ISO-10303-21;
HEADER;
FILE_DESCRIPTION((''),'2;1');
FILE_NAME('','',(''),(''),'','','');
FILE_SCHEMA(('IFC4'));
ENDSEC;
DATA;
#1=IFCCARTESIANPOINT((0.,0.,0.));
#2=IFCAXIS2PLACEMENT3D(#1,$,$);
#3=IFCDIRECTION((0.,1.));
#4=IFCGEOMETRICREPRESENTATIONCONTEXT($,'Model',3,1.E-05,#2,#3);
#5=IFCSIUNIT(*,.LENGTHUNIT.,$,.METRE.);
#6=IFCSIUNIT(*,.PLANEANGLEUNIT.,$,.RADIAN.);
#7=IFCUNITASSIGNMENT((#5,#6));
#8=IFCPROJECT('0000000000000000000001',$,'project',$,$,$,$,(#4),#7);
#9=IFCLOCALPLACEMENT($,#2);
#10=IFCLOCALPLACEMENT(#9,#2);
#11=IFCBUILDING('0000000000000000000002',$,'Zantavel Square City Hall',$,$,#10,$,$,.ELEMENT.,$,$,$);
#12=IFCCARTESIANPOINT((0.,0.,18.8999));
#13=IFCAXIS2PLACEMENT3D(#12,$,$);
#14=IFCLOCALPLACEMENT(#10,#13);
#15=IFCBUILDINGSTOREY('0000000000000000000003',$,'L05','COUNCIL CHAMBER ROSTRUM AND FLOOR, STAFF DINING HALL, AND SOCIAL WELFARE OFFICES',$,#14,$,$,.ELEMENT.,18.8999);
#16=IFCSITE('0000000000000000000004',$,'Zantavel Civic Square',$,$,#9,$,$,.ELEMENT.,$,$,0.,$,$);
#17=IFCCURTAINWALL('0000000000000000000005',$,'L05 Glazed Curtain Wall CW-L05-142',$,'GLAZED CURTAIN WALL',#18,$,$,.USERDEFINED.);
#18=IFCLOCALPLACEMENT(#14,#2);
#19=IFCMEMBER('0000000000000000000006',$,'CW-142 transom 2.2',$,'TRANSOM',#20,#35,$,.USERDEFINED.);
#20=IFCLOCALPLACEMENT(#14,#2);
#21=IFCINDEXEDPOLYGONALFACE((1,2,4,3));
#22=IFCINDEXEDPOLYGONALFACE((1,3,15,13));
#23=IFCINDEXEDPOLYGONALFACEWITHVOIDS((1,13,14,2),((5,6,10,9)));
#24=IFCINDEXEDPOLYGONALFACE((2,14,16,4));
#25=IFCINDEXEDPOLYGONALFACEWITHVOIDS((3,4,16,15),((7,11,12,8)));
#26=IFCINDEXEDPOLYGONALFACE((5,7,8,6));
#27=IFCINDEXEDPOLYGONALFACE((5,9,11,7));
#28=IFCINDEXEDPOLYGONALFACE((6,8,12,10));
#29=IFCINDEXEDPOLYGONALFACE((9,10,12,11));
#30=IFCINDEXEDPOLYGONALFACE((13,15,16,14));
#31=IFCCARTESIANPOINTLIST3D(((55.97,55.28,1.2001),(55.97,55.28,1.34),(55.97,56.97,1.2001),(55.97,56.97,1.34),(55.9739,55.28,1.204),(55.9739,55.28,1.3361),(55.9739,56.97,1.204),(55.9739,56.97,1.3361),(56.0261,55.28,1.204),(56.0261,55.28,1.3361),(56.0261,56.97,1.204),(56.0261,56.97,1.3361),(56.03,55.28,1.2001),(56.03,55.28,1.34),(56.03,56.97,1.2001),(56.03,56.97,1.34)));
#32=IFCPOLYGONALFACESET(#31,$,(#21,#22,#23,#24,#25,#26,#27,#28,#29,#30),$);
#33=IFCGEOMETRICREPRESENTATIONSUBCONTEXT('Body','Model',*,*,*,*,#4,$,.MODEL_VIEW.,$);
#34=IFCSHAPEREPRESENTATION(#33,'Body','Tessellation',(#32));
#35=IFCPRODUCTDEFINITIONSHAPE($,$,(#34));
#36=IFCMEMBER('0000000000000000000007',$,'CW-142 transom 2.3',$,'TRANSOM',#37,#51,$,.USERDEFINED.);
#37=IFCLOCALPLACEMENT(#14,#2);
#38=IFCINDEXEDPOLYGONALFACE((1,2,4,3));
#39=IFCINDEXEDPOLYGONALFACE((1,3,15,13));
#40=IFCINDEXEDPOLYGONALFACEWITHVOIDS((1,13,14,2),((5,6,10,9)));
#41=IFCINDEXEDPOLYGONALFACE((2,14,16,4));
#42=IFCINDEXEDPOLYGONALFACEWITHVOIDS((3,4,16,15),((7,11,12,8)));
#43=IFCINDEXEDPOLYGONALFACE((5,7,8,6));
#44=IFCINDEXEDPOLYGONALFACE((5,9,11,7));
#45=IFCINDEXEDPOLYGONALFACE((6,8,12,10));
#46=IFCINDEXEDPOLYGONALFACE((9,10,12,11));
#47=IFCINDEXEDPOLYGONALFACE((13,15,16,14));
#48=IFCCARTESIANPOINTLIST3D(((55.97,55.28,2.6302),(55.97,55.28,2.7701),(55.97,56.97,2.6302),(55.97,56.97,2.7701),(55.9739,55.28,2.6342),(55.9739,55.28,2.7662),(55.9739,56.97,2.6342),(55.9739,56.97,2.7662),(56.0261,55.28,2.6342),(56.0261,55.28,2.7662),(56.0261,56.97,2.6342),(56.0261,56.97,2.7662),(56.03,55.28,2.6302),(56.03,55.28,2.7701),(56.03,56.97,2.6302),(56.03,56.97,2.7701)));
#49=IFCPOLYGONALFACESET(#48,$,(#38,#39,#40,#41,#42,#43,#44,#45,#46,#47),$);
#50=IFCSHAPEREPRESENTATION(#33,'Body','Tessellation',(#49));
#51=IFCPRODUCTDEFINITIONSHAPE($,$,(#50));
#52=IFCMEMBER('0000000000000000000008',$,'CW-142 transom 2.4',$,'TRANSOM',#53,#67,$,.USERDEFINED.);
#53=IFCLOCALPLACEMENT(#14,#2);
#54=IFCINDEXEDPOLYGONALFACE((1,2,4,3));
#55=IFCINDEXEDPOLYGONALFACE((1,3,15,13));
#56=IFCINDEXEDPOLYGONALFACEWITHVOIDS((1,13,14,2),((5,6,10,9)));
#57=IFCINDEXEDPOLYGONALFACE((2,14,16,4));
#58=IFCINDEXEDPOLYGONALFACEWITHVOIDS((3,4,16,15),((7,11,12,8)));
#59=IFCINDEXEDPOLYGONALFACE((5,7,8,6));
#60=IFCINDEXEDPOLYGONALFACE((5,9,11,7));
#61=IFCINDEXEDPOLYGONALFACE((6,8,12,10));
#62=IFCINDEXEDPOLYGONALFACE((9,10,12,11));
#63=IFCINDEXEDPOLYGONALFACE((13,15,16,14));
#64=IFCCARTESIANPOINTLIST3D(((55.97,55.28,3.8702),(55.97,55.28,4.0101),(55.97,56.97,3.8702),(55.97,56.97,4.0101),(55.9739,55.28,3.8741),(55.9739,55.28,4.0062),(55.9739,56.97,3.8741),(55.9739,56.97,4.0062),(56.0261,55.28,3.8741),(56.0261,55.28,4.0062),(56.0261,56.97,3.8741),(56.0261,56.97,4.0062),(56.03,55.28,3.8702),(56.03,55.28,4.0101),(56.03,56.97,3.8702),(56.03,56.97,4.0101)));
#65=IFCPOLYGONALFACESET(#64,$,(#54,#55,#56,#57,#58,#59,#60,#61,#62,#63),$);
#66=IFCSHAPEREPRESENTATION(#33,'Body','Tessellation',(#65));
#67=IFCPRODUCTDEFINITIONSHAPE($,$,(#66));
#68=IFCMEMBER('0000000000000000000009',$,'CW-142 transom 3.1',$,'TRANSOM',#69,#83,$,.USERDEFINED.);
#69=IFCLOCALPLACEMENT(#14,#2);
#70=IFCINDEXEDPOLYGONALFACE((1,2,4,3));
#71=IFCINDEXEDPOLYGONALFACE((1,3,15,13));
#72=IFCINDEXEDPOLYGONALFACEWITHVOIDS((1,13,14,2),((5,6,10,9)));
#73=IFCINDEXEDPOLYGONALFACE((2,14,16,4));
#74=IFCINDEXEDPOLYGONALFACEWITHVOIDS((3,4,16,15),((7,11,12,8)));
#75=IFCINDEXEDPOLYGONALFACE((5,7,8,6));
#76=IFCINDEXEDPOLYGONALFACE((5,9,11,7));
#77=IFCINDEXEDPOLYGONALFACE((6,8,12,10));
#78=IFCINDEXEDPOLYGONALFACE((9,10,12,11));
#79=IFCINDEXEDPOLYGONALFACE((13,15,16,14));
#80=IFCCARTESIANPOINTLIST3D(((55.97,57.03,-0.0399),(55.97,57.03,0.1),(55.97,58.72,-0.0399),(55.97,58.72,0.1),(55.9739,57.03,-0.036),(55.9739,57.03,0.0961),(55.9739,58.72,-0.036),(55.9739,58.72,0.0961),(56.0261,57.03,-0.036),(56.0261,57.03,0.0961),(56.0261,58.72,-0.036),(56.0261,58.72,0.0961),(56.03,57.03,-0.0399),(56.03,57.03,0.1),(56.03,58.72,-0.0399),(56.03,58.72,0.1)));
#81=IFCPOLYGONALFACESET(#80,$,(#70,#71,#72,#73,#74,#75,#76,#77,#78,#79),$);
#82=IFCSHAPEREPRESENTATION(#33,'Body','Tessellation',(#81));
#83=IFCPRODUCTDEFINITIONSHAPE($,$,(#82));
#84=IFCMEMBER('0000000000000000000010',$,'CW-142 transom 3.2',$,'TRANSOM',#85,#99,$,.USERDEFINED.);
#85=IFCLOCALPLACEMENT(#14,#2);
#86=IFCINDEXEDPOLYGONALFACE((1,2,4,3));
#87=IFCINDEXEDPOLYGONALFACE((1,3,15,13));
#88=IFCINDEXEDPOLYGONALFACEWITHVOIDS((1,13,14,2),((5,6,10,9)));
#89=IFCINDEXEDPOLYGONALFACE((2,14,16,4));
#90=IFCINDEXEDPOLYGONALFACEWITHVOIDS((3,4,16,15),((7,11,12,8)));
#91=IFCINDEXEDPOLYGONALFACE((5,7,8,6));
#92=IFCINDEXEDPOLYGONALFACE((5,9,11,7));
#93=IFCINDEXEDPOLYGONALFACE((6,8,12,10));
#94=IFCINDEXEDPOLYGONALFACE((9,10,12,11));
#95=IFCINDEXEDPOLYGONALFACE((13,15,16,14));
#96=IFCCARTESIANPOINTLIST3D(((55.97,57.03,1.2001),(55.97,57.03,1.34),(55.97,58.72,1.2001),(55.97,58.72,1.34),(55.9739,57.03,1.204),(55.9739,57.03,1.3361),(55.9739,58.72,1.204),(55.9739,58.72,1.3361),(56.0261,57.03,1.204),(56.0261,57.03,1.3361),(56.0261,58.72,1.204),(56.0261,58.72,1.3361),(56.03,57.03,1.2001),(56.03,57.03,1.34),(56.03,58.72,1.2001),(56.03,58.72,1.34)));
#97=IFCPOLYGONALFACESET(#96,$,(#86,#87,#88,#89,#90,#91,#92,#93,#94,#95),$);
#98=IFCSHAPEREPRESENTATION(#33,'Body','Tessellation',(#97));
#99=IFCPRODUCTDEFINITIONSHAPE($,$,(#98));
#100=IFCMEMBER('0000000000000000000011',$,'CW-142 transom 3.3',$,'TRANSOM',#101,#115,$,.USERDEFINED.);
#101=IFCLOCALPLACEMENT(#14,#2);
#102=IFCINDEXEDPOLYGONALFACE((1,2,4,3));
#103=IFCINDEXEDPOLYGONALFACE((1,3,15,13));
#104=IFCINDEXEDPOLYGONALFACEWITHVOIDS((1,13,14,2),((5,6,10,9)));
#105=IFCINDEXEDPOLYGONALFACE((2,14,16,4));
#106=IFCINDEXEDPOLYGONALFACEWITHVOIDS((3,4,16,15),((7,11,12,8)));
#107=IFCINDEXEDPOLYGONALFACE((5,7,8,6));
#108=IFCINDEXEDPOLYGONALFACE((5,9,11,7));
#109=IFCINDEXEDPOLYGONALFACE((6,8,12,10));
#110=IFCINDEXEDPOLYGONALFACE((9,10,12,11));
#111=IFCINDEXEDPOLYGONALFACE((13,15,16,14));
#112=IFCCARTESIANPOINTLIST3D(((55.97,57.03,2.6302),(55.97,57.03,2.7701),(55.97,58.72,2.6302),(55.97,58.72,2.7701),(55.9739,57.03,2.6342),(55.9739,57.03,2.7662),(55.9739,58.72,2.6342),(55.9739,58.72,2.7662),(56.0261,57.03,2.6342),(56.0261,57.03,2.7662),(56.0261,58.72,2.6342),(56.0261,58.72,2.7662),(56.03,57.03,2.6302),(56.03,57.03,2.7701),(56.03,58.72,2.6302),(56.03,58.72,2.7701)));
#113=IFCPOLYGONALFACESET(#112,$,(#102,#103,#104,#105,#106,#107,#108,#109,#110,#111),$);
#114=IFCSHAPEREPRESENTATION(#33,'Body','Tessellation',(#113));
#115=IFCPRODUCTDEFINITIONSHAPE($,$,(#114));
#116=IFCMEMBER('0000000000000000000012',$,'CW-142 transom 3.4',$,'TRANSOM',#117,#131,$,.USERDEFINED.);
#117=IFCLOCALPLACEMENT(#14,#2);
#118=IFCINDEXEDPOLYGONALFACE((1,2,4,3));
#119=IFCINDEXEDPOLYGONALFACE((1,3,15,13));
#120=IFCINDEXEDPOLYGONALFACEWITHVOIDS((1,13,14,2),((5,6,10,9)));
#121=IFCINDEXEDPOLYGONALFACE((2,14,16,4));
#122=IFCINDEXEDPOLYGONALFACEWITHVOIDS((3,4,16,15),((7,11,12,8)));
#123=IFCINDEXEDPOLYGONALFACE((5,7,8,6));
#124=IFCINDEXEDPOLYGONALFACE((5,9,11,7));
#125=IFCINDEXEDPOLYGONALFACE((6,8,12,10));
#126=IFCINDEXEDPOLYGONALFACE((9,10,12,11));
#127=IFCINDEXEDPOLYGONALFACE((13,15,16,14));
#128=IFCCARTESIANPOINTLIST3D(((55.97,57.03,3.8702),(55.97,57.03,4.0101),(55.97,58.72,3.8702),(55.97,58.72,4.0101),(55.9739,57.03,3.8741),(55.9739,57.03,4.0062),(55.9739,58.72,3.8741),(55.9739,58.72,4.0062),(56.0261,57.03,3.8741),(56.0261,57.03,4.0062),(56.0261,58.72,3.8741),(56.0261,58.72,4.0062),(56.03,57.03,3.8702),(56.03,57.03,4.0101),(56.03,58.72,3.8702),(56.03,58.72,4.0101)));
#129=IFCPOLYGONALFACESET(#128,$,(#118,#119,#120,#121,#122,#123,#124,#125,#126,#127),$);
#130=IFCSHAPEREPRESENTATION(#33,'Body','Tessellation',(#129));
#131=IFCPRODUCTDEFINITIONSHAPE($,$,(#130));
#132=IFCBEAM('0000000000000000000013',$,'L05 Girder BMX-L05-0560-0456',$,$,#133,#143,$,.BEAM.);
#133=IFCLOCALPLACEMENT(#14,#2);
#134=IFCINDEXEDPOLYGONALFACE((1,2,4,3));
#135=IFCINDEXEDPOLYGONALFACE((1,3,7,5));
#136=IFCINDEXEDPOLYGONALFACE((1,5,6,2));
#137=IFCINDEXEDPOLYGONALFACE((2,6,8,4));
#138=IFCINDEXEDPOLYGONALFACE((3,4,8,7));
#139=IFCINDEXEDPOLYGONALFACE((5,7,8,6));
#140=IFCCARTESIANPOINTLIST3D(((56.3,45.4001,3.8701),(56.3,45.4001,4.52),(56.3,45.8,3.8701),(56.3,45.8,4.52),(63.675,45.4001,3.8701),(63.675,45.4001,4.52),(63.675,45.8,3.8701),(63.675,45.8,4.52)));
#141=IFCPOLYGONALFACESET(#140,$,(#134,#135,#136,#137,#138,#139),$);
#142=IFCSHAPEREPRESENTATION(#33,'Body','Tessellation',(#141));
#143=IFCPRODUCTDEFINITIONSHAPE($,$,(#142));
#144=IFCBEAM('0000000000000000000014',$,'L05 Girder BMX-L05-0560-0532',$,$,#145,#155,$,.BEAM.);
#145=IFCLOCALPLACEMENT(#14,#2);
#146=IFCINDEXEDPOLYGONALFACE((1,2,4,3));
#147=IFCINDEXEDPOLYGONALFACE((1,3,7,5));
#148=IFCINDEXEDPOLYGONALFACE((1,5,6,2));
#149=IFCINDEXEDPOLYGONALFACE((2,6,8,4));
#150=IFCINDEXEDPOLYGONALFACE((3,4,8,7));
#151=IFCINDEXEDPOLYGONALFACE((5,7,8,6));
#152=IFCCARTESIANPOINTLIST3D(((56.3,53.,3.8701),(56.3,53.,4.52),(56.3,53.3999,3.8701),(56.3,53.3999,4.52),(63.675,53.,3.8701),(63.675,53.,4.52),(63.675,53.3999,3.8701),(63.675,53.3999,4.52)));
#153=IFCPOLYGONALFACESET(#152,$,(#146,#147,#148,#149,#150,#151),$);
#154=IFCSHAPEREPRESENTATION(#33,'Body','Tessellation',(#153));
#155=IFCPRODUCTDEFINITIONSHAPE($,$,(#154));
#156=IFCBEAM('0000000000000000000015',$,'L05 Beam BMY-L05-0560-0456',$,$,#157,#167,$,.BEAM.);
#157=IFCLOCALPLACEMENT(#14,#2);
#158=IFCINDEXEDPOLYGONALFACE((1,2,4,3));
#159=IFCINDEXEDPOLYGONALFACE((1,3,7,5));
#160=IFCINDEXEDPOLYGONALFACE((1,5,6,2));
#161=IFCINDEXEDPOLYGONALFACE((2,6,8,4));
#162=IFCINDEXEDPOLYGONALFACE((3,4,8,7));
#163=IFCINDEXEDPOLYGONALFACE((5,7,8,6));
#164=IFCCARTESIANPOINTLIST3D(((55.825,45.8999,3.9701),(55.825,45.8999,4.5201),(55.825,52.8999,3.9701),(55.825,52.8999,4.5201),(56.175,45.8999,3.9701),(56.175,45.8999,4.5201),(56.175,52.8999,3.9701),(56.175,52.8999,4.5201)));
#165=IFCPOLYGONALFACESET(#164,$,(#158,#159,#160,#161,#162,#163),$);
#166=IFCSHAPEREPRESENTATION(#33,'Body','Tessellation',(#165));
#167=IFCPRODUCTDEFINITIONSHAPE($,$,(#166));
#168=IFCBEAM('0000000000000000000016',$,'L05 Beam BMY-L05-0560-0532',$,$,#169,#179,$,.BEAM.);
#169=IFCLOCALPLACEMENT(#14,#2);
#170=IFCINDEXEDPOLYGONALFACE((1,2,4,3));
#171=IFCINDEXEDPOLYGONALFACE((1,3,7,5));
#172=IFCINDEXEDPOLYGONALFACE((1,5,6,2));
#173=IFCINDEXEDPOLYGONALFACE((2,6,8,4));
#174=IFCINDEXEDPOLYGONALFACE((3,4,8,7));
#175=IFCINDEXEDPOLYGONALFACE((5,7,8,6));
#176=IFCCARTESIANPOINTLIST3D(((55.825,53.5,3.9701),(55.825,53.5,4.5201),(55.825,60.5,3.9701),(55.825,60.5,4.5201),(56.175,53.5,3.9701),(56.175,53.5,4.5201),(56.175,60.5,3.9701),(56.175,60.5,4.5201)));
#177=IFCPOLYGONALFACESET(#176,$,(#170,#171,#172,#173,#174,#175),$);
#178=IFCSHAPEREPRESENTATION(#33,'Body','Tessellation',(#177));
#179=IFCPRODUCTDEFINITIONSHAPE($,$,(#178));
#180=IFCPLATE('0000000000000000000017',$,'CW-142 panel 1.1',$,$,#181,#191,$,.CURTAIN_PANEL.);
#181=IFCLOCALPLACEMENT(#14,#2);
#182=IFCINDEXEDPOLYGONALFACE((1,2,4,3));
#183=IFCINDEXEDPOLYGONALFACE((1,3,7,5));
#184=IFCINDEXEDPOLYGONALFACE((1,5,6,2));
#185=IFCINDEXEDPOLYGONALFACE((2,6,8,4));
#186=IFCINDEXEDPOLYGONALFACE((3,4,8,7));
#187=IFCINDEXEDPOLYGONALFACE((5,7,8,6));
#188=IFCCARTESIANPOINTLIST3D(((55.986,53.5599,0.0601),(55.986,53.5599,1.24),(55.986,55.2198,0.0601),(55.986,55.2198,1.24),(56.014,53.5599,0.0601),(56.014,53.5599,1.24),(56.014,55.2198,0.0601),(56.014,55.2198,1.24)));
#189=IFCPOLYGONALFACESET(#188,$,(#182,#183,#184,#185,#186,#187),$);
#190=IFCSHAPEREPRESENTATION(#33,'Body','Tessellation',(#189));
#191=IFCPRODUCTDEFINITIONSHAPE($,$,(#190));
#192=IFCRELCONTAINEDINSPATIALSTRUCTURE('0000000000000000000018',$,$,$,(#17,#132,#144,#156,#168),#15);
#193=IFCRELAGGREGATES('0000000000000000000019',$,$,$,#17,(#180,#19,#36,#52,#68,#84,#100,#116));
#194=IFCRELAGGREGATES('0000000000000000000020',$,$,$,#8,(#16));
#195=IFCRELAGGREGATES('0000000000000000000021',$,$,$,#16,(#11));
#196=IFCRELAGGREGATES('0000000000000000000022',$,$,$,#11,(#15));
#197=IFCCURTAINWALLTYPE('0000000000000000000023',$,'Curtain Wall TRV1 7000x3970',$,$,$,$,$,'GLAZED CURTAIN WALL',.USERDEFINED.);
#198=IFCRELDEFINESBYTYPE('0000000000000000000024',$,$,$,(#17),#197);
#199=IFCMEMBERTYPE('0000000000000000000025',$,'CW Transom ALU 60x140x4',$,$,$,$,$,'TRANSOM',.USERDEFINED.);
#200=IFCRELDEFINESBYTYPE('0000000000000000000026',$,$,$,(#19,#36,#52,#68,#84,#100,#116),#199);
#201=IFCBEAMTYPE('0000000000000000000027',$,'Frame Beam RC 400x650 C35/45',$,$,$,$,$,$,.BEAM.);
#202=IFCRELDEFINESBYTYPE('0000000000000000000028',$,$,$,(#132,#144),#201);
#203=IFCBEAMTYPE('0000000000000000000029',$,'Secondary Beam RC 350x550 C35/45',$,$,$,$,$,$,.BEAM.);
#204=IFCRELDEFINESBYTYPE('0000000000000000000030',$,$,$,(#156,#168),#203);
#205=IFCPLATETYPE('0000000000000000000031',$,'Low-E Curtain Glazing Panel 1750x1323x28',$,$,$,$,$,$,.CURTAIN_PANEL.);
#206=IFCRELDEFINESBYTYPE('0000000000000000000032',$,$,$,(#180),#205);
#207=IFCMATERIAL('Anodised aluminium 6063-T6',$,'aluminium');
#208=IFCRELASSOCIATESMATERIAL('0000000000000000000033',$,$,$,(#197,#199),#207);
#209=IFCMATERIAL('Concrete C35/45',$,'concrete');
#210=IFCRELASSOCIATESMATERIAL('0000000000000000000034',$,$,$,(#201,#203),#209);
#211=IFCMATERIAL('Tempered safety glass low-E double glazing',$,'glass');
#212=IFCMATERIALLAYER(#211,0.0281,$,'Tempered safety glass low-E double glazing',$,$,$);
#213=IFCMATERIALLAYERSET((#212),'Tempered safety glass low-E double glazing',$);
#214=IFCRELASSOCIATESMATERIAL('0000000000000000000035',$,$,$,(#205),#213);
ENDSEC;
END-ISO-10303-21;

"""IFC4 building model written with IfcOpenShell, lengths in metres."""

from ifc_helpers import new_model, si_unit, direction, frame, origin, origin_2d, place, context, subcontext, project, spatial, rectangle, hollow_rectangle, extrude, material, layer, layer_set, material_profile, profile_set, type_object, element, aggregate, save


model = new_model("IFC4")

# Units and contexts
model_context = context("Model", 3, precision=1e-05, world=origin(), true_north=direction((0.0, 1.0)))
body_context = subcontext(model_context, "Body", "Model", "MODEL_VIEW")
ifc_project = project(units=[si_unit("LENGTHUNIT", "METRE"), si_unit("PLANEANGLEUNIT", "RADIAN")], contexts=[model_context])

# Site, building, storey
site_placement = place(None, origin())
site = spatial("IfcSite", under=ifc_project, at=site_placement, Name="Zantavel Civic Square", CompositionType="ELEMENT", RefElevation=0.0)
building_placement = place(site_placement, origin())
building = spatial("IfcBuilding", under=site, at=building_placement, Name="Zantavel Square City Hall", CompositionType="ELEMENT")
storey_placement = place(building_placement, frame((0.0, 0.0, 18.8999)))
storey = spatial("IfcBuildingStorey", under=building, at=storey_placement, Name="L05", Description="COUNCIL CHAMBER ROSTRUM AND FLOOR, STAFF DINING HALL, AND SOCIAL WELFARE OFFICES", CompositionType="ELEMENT", Elevation=18.8999)

# Shared definitions
ifc_material_1 = material(Name="Anodised aluminium 6063-T6", Category="aluminium")
curtain_wall_type = type_object("IfcCurtainWallType", Name="Curtain Wall TRV1 7000x3970", ElementType="GLAZED CURTAIN WALL", PredefinedType="USERDEFINED", material=ifc_material_1)

# Curtain wall, members
curtain_wall_1_placement = place(storey_placement, origin())
curtain_wall_1 = element("IfcCurtainWall", 1, at=curtain_wall_1_placement, inside=storey, type_object=curtain_wall_type, Name="L05 Glazed Curtain Wall CW-L05-142", ObjectType="GLAZED CURTAIN WALL", PredefinedType="USERDEFINED")
ifc_material_profile_1 = material_profile(ifc_material_1, hollow_rectangle(XDim=0.0601, YDim=0.1399, WallThickness=0.0039, at=origin_2d()), Name="ALU 60x140x4")
ifc_profile_set_1 = profile_set([ifc_material_profile_1], Name="Anodised aluminium 6063-T6")
member_type_1 = type_object("IfcMemberType", Name="CW Transom ALU 60x140x4", ElementType="TRANSOM", PredefinedType="USERDEFINED", material=ifc_profile_set_1)
member_1_placement = place(storey_placement, frame((56.0, 55.28, 1.27), z_axis=(0.0, 1.0, 0.0), x_axis=(-1.0, 0.0, 0.0)))
member_1 = element("IfcMember", 2, at=member_1_placement, type_object=member_type_1, Name="CW-142 transom 2.2", ObjectType="TRANSOM", PredefinedType="USERDEFINED", context=body_context, shape_type="SweptSolid", body=[
    extrude(hollow_rectangle(XDim=0.0601, YDim=0.1399, WallThickness=0.0039, at=origin_2d()), origin(), (0.0, 0.0, 1.0), 1.6899),
])
member_2_placement = place(storey_placement, frame((56.0, 55.28, 2.7002), z_axis=(0.0, 1.0, 0.0), x_axis=(-1.0, 0.0, 0.0)))
member_2 = element("IfcMember", 3, at=member_2_placement, type_object=member_type_1, Name="CW-142 transom 2.3", ObjectType="TRANSOM", PredefinedType="USERDEFINED", context=body_context, shape_type="SweptSolid", body=[
    extrude(hollow_rectangle(XDim=0.0601, YDim=0.1399, WallThickness=0.0039, at=origin_2d()), origin(), (0.0, 0.0, 1.0), 1.6899),
])
member_3_placement = place(storey_placement, frame((56.0, 55.28, 3.9402), z_axis=(0.0, 1.0, 0.0), x_axis=(-1.0, 0.0, 0.0)))
member_3 = element("IfcMember", 4, at=member_3_placement, type_object=member_type_1, Name="CW-142 transom 2.4", ObjectType="TRANSOM", PredefinedType="USERDEFINED", context=body_context, shape_type="SweptSolid", body=[
    extrude(hollow_rectangle(XDim=0.0601, YDim=0.1399, WallThickness=0.0039, at=origin_2d()), origin(), (0.0, 0.0, 1.0), 1.6899),
])
member_4_placement = place(storey_placement, frame((56.0, 57.03, 0.03), z_axis=(0.0, 1.0, 0.0), x_axis=(-1.0, 0.0, 0.0)))
member_4 = element("IfcMember", 5, at=member_4_placement, type_object=member_type_1, Name="CW-142 transom 3.1", ObjectType="TRANSOM", PredefinedType="USERDEFINED", context=body_context, shape_type="SweptSolid", body=[
    extrude(hollow_rectangle(XDim=0.0601, YDim=0.1399, WallThickness=0.0039, at=origin_2d()), origin(), (0.0, 0.0, 1.0), 1.6899),
])
member_5_placement = place(storey_placement, frame((56.0, 57.03, 1.27), z_axis=(0.0, 1.0, 0.0), x_axis=(-1.0, 0.0, 0.0)))
member_5 = element("IfcMember", 6, at=member_5_placement, type_object=member_type_1, Name="CW-142 transom 3.2", ObjectType="TRANSOM", PredefinedType="USERDEFINED", context=body_context, shape_type="SweptSolid", body=[
    extrude(hollow_rectangle(XDim=0.0601, YDim=0.1399, WallThickness=0.0039, at=origin_2d()), origin(), (0.0, 0.0, 1.0), 1.6899),
])
member_6_placement = place(storey_placement, frame((56.0, 57.03, 2.7002), z_axis=(0.0, 1.0, 0.0), x_axis=(-1.0, 0.0, 0.0)))
member_6 = element("IfcMember", 7, at=member_6_placement, type_object=member_type_1, Name="CW-142 transom 3.3", ObjectType="TRANSOM", PredefinedType="USERDEFINED", context=body_context, shape_type="SweptSolid", body=[
    extrude(hollow_rectangle(XDim=0.0601, YDim=0.1399, WallThickness=0.0039, at=origin_2d()), origin(), (0.0, 0.0, 1.0), 1.6899),
])
member_7_placement = place(storey_placement, frame((56.0, 57.03, 3.9402), z_axis=(0.0, 1.0, 0.0), x_axis=(-1.0, 0.0, 0.0)))
member_7 = element("IfcMember", 8, at=member_7_placement, type_object=member_type_1, Name="CW-142 transom 3.4", ObjectType="TRANSOM", PredefinedType="USERDEFINED", context=body_context, shape_type="SweptSolid", body=[
    extrude(hollow_rectangle(XDim=0.0601, YDim=0.1399, WallThickness=0.0039, at=origin_2d()), origin(), (0.0, 0.0, 1.0), 1.6899),
])

# Beams
ifc_material_2 = material(Name="Concrete C35/45", Category="concrete")
ifc_material_profile_2 = material_profile(ifc_material_2, rectangle(XDim=0.3999, YDim=0.6499, at=origin_2d()), Name="RC 400x650")
ifc_profile_set_2 = profile_set([ifc_material_profile_2], Name="Concrete C35/45")
beam_type_1 = type_object("IfcBeamType", Name="Frame Beam RC 400x650 C35/45", PredefinedType="BEAM", material=ifc_profile_set_2)
for number, where, z_axis, x_axis, name in (
    (9, (56.3, 45.6001, 4.1951), (1.0, 0.0, 0.0), (0.0, 1.0, 0.0), "L05 Girder BMX-L05-0560-0456"),
    (10, (56.3, 53.2, 4.1951), (1.0, 0.0, 0.0), (0.0, 1.0, 0.0), "L05 Girder BMX-L05-0560-0532"),
):
    element("IfcBeam", number, at=place(storey_placement, frame(where, z_axis=z_axis, x_axis=x_axis)), inside=storey, type_object=beam_type_1, Name=name, PredefinedType="BEAM", context=body_context, shape_type="SweptSolid", body=[
        extrude(rectangle(XDim=0.3999, YDim=0.6499, at=origin_2d()), origin(), (0.0, 0.0, 1.0), 7.375),
    ])
ifc_material_profile_3 = material_profile(ifc_material_2, rectangle(XDim=0.3501, YDim=0.55, at=origin_2d()), Name="RC 350x550")
ifc_profile_set_3 = profile_set([ifc_material_profile_3], Name="Concrete C35/45")
beam_type_2 = type_object("IfcBeamType", Name="Secondary Beam RC 350x550 C35/45", PredefinedType="BEAM", material=ifc_profile_set_3)
for number, where, z_axis, x_axis, name in (
    (11, (56.0, 45.8999, 4.2451), (0.0, 1.0, 0.0), (-1.0, 0.0, 0.0), "L05 Beam BMY-L05-0560-0456"),
    (12, (56.0, 53.5, 4.2451), (0.0, 1.0, 0.0), (-1.0, 0.0, 0.0), "L05 Beam BMY-L05-0560-0532"),
):
    element("IfcBeam", number, at=place(storey_placement, frame(where, z_axis=z_axis, x_axis=x_axis)), inside=storey, type_object=beam_type_2, Name=name, PredefinedType="BEAM", context=body_context, shape_type="SweptSolid", body=[
        extrude(rectangle(XDim=0.3501, YDim=0.55, at=origin_2d()), origin(), (0.0, 0.0, 1.0), 7.0),
    ])

# Plate
ifc_material_3 = material(Name="Tempered safety glass low-E double glazing", Category="glass")
ifc_layer_1 = layer(ifc_material_3, 0.0281, Name="Tempered safety glass low-E double glazing")
ifc_layer_set_1 = layer_set([ifc_layer_1], Name="Tempered safety glass low-E double glazing")
plate_type = type_object("IfcPlateType", Name="Low-E Curtain Glazing Panel 1750x1323x28", PredefinedType="CURTAIN_PANEL", material=ifc_layer_set_1)
plate_1_placement = place(storey_placement, frame((56.0, 54.3899, 0.0601), z_axis=(0.0, 0.0, 1.0), x_axis=(0.0, 1.0, 0.0)))
plate_1 = element("IfcPlate", 13, at=plate_1_placement, type_object=plate_type, Name="CW-142 panel 1.1", PredefinedType="CURTAIN_PANEL", context=body_context, shape_type="SweptSolid", body=[
    extrude(rectangle(XDim=1.6599, YDim=0.0281, at=origin_2d()), origin(), (0.0, 0.0, 1.0), 1.1799),
])
aggregate(curtain_wall_1, [plate_1, member_1, member_2, member_3, member_4, member_5, member_6, member_7])

save(model, "model.ifc")
